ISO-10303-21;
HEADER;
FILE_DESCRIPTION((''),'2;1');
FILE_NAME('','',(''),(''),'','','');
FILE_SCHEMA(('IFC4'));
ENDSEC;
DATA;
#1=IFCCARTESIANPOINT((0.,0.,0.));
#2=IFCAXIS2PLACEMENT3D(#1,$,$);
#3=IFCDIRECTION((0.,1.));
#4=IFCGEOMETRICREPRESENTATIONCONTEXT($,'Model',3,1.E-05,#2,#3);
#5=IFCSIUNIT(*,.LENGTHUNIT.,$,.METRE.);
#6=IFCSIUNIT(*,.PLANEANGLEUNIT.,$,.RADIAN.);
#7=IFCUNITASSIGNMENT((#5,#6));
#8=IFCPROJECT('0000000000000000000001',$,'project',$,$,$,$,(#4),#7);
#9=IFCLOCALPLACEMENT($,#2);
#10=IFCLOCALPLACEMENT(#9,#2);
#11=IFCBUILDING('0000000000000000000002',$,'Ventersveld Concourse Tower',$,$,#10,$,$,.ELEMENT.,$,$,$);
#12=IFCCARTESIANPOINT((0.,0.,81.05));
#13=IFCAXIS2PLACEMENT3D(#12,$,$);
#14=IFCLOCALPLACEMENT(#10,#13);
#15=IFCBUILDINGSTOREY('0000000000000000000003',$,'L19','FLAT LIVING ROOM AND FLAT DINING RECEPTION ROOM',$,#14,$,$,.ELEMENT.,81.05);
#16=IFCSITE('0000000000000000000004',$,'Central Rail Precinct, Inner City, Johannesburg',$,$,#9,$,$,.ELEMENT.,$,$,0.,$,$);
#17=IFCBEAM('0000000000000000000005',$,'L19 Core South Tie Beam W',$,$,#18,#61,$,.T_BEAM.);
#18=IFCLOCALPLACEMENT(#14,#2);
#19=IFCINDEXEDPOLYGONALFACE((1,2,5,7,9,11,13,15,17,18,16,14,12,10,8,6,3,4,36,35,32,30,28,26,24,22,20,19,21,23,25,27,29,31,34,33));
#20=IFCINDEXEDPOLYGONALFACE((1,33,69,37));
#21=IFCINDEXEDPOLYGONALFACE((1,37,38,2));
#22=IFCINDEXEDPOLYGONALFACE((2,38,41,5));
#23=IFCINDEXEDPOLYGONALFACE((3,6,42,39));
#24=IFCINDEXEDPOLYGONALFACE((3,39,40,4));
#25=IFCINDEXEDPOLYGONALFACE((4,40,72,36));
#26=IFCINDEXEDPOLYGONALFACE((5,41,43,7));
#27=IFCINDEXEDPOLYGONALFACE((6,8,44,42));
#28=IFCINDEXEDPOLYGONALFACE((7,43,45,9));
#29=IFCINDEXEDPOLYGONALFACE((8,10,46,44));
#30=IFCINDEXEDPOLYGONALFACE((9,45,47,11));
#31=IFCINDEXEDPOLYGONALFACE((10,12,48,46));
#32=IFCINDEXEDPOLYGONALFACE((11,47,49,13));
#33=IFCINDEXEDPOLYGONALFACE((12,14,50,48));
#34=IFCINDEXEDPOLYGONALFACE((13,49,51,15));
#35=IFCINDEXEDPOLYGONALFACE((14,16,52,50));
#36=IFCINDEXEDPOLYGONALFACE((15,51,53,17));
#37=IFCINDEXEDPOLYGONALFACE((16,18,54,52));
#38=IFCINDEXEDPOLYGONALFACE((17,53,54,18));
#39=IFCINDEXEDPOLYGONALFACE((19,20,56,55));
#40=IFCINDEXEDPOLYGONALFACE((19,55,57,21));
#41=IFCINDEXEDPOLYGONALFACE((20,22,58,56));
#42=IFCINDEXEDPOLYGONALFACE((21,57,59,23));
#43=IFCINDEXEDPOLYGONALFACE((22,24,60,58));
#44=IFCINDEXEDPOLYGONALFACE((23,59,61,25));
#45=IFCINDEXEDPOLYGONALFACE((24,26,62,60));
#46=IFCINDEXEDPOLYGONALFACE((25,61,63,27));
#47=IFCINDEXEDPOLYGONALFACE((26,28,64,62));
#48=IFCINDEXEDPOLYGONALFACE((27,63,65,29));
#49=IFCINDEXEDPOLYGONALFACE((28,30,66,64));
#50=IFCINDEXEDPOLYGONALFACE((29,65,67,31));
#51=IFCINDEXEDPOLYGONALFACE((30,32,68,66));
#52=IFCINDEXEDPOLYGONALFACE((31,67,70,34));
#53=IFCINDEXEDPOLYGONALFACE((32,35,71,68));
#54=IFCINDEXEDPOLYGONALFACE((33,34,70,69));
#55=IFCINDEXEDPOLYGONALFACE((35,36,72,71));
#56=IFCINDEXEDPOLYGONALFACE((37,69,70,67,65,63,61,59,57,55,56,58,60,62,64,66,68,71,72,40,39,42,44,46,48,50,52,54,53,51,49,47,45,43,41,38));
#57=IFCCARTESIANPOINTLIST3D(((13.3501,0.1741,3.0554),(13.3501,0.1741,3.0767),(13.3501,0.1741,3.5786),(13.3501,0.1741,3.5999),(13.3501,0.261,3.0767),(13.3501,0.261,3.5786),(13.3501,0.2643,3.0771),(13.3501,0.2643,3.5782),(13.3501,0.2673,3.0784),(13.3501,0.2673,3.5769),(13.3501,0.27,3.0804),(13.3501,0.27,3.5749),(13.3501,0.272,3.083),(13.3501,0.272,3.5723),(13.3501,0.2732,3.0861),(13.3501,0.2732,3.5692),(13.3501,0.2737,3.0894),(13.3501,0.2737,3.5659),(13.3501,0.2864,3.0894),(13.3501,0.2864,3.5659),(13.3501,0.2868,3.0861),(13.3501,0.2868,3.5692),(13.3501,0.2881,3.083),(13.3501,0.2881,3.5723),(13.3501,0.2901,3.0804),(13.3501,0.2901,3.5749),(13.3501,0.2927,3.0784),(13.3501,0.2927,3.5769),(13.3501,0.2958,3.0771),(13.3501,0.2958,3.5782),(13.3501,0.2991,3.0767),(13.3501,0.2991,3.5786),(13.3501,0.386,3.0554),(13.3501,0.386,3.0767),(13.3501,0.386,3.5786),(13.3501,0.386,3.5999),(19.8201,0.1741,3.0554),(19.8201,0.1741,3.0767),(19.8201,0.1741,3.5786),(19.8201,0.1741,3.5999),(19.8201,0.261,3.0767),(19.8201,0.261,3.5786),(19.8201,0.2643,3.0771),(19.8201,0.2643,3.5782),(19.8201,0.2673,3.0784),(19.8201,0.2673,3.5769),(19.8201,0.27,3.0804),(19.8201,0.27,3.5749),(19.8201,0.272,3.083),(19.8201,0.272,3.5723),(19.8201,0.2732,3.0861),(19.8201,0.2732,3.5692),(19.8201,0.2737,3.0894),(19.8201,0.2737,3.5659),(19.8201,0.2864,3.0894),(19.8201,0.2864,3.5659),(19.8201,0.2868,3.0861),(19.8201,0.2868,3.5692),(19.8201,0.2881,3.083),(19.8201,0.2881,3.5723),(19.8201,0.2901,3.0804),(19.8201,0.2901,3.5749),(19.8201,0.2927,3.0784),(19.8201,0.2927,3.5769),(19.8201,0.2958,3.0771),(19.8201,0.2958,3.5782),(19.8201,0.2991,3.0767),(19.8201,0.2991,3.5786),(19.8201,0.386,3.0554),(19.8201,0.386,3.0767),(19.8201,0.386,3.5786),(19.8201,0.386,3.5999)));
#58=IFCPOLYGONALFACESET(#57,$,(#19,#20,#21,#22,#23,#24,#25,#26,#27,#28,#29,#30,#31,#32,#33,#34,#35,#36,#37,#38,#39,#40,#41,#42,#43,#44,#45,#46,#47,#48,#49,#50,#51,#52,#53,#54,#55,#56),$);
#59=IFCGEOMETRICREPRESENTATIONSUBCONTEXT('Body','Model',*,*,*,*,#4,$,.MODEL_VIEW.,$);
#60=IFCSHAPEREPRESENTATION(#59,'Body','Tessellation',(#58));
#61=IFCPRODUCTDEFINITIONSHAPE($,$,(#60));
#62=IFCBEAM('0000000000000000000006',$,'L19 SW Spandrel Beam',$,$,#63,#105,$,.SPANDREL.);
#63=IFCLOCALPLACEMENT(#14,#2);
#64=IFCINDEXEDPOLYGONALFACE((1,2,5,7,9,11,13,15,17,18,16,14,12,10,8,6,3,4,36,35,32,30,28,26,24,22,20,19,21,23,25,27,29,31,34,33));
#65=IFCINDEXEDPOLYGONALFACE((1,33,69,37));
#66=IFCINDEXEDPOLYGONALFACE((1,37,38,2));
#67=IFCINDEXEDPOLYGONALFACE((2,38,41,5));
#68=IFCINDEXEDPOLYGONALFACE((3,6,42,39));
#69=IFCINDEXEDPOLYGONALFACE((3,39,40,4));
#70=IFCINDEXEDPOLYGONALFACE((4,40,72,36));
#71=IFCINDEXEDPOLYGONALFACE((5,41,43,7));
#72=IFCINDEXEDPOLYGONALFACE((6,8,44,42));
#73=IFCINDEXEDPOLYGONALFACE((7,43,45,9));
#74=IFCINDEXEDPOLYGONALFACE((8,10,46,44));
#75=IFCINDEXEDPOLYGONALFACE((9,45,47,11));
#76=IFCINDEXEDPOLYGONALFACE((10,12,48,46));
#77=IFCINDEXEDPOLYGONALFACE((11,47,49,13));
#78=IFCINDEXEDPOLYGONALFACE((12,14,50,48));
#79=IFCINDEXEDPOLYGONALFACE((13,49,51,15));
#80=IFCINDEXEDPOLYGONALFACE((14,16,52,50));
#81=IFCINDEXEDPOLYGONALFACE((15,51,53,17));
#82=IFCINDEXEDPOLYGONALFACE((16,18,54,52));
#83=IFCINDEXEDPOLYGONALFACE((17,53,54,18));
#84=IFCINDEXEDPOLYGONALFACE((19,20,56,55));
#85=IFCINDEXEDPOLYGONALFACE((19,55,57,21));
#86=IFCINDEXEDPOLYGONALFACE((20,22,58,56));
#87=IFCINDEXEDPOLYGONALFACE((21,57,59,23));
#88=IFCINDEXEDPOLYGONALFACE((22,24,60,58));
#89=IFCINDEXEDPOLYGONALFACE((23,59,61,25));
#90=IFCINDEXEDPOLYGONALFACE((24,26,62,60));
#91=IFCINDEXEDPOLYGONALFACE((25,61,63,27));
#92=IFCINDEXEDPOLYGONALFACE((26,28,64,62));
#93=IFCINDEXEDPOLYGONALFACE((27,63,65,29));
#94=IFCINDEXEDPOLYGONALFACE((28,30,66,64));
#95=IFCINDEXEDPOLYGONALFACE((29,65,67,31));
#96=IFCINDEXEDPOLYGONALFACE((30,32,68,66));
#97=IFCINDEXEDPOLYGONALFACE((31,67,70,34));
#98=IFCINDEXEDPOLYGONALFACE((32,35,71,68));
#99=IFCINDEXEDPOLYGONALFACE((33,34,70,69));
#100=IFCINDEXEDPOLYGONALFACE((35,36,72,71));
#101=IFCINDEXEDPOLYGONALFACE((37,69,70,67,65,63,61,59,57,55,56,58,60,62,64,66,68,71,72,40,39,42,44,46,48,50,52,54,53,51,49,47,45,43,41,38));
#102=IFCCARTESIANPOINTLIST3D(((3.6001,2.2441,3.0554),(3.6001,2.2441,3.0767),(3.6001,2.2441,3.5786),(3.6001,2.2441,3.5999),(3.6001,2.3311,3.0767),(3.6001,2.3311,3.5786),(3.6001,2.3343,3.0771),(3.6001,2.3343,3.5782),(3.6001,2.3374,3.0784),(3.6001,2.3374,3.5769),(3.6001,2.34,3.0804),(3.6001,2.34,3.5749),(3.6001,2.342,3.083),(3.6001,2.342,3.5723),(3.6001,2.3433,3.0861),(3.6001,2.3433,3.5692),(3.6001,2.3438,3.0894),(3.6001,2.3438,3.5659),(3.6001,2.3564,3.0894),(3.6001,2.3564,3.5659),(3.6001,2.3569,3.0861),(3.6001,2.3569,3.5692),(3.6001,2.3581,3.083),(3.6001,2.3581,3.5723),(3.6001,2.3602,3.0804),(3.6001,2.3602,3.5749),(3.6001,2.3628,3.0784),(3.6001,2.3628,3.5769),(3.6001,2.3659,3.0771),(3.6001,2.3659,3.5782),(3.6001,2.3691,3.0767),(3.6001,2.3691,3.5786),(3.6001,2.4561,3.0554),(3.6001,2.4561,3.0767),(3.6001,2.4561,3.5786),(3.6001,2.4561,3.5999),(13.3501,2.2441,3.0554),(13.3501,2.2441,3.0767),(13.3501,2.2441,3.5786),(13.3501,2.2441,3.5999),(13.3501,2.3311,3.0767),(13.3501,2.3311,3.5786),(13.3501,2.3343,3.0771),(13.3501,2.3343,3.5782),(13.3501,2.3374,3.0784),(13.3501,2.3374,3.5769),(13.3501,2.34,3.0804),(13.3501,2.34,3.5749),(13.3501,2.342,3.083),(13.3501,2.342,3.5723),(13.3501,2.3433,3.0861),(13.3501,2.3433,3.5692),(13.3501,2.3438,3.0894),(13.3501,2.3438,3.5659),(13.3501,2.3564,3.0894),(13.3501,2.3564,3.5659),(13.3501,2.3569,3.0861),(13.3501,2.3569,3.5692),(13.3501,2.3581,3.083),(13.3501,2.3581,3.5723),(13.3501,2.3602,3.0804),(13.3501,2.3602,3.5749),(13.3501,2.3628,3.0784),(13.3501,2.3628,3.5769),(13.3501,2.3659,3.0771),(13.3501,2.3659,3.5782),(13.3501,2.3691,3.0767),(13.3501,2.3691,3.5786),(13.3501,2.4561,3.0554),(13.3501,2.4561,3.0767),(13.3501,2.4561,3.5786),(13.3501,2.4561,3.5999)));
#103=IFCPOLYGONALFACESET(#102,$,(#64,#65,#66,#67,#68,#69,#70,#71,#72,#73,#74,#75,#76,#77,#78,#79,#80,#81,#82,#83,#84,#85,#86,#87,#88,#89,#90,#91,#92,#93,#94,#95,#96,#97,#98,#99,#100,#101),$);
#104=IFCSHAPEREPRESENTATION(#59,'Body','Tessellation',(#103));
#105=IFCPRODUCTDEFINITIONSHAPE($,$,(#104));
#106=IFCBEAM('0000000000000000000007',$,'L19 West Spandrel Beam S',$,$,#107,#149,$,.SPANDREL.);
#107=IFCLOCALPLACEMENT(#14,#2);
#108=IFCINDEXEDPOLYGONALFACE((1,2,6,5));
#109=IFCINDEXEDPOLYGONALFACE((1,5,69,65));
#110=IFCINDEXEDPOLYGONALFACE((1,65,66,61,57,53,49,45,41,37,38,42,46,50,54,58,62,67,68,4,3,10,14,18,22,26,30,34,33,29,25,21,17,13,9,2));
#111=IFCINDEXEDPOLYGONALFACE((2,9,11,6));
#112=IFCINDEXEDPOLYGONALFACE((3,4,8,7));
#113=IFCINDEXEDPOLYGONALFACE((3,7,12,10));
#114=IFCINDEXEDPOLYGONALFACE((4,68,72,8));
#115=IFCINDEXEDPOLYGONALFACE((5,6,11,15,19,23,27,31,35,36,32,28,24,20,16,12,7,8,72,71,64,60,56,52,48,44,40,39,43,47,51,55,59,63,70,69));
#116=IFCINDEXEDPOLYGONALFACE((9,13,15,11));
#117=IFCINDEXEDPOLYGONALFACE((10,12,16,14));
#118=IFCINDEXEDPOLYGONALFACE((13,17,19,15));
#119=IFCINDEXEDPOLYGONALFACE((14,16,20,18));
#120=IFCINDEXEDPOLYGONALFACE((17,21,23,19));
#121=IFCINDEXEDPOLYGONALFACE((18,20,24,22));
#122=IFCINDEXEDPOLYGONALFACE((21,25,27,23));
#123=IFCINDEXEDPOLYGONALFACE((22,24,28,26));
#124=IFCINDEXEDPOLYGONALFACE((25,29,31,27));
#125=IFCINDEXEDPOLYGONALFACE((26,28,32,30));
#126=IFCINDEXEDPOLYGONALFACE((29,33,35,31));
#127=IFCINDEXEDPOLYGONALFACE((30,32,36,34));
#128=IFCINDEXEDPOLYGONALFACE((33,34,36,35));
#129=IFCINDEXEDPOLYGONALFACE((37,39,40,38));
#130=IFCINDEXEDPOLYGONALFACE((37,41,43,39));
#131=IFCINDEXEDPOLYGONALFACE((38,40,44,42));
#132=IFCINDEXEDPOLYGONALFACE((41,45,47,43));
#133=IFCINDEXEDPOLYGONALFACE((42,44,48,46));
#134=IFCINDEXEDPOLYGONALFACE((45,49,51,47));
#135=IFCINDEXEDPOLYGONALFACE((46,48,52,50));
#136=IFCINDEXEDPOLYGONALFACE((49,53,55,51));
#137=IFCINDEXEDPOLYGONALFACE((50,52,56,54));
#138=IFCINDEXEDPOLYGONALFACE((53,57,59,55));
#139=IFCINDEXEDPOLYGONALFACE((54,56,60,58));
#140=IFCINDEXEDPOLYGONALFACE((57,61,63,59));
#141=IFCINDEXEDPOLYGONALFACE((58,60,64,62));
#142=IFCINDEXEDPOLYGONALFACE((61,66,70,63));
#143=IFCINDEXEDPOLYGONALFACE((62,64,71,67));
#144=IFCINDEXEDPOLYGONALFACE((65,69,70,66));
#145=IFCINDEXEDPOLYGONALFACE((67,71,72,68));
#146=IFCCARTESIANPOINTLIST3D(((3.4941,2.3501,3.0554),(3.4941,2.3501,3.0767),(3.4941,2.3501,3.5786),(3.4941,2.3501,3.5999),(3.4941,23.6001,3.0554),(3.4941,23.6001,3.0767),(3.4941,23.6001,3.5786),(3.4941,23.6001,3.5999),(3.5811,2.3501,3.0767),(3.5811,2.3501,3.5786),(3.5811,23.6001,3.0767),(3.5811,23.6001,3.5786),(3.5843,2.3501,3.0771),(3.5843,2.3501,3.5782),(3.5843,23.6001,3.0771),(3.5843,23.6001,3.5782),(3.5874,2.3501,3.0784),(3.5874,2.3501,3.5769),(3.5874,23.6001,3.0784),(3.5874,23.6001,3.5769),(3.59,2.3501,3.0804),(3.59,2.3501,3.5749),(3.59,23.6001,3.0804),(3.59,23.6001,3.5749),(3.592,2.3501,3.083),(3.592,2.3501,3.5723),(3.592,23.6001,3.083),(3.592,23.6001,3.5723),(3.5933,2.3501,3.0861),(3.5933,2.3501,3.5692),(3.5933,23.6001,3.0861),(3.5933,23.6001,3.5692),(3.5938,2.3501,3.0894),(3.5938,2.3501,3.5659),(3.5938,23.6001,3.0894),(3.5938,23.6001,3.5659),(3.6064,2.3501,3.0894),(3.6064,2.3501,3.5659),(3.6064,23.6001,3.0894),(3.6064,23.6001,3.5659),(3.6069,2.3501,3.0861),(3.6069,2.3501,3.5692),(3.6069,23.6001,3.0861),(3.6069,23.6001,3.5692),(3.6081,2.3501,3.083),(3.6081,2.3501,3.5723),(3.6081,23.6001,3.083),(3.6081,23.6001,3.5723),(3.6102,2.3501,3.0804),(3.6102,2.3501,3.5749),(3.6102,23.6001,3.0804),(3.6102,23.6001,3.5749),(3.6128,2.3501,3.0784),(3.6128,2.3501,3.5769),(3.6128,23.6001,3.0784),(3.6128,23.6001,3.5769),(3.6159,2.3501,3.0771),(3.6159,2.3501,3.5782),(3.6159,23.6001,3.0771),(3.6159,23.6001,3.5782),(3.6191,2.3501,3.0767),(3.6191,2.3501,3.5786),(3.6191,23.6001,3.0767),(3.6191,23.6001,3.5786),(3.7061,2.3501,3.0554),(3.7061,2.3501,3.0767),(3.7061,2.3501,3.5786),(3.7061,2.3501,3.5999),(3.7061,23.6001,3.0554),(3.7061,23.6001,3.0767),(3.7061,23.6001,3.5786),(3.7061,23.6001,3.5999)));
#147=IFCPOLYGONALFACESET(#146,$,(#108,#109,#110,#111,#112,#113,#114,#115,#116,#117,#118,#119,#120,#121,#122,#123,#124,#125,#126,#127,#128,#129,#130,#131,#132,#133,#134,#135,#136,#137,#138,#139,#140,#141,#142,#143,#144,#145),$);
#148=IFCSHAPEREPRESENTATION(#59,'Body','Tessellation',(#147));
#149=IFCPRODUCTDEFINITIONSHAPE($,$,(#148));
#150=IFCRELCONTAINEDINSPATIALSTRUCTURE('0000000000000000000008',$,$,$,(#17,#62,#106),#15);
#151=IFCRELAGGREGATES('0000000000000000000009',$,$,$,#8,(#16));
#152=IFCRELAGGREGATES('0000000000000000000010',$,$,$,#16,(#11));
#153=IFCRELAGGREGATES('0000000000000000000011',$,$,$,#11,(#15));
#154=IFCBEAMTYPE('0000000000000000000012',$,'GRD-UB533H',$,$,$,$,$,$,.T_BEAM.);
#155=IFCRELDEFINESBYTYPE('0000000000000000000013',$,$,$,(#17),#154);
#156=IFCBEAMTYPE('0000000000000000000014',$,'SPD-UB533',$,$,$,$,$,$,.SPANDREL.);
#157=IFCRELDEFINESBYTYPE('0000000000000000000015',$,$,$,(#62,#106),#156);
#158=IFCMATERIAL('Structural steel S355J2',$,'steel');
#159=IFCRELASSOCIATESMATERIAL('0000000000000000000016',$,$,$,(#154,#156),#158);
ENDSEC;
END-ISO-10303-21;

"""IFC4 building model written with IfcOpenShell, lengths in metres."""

from ifc_helpers import new_model, si_unit, direction, frame, origin, origin_2d, place, context, subcontext, project, spatial, i_section, extrude, material, material_profile, profile_set, type_object, element, save


model = new_model("IFC4")

# Units and contexts
model_context = context("Model", 3, precision=1e-05, world=origin(), true_north=direction((0.0, 1.0)))
body_context = subcontext(model_context, "Body", "Model", "MODEL_VIEW")
ifc_project = project(units=[si_unit("LENGTHUNIT", "METRE"), si_unit("PLANEANGLEUNIT", "RADIAN")], contexts=[model_context])

# Site, building, storey
site_placement = place(None, origin())
site = spatial("IfcSite", under=ifc_project, at=site_placement, Name="Central Rail Precinct, Inner City, Johannesburg", CompositionType="ELEMENT", RefElevation=0.0)
building_placement = place(site_placement, origin())
building = spatial("IfcBuilding", under=site, at=building_placement, Name="Ventersveld Concourse Tower", CompositionType="ELEMENT")
storey_placement = place(building_placement, frame((0.0, 0.0, 81.05)))
storey = spatial("IfcBuildingStorey", under=building, at=storey_placement, Name="L19", Description="FLAT LIVING ROOM AND FLAT DINING RECEPTION ROOM", CompositionType="ELEMENT", Elevation=81.05)

# Beams
ifc_material_1 = material(Name="Structural steel S355J2", Category="steel")
ifc_material_profile_1 = material_profile(ifc_material_1, i_section(OverallWidth=0.2119, OverallDepth=0.5444, WebThickness=0.0127, FlangeThickness=0.0212, FilletRadius=0.0127, at=origin_2d()), Name="UB 533x210x122")
ifc_profile_set_1 = profile_set([ifc_material_profile_1], Name="Structural steel S355J2")
beam_type_1 = type_object("IfcBeamType", Name="GRD-UB533H", PredefinedType="T_BEAM", material=ifc_profile_set_1)
beam_1_placement = place(storey_placement, frame((13.3501, 0.28, 3.3276), z_axis=(1.0, 0.0, 0.0), x_axis=(0.0, 1.0, 0.0)))
element("IfcBeam", 1, at=beam_1_placement, inside=storey, type_object=beam_type_1, Name="L19 Core South Tie Beam W", PredefinedType="T_BEAM", context=body_context, shape_type="SweptSolid", body=[
    extrude(i_section(OverallWidth=0.2119, OverallDepth=0.5444, WebThickness=0.0127, FlangeThickness=0.0212, FilletRadius=0.0127, at=origin_2d()), origin(), (0.0, 0.0, 1.0), 6.47),
])
ifc_material_profile_2 = material_profile(ifc_material_1, i_section(OverallWidth=0.2119, OverallDepth=0.5444, WebThickness=0.0127, FlangeThickness=0.0212, FilletRadius=0.0127, at=origin_2d()), Name="UB 533x210x122")
ifc_profile_set_2 = profile_set([ifc_material_profile_2], Name="Structural steel S355J2")
beam_type_2 = type_object("IfcBeamType", Name="SPD-UB533", PredefinedType="SPANDREL", material=ifc_profile_set_2)
beam_2_placement = place(storey_placement, frame((3.6001, 2.3501, 3.3276), z_axis=(1.0, 0.0, 0.0), x_axis=(0.0, 1.0, 0.0)))
element("IfcBeam", 2, at=beam_2_placement, inside=storey, type_object=beam_type_2, Name="L19 SW Spandrel Beam", PredefinedType="SPANDREL", context=body_context, shape_type="SweptSolid", body=[
    extrude(i_section(OverallWidth=0.2119, OverallDepth=0.5444, WebThickness=0.0127, FlangeThickness=0.0212, FilletRadius=0.0127, at=origin_2d()), origin(), (0.0, 0.0, 1.0), 9.75),
])
beam_3_placement = place(storey_placement, frame((3.6001, 2.3501, 3.3276), z_axis=(0.0, 1.0, 0.0), x_axis=(-1.0, 0.0, 0.0)))
element("IfcBeam", 3, at=beam_3_placement, inside=storey, type_object=beam_type_2, Name="L19 West Spandrel Beam S", PredefinedType="SPANDREL", context=body_context, shape_type="SweptSolid", body=[
    extrude(i_section(OverallWidth=0.2119, OverallDepth=0.5444, WebThickness=0.0127, FlangeThickness=0.0212, FilletRadius=0.0127, at=origin_2d()), origin(), (0.0, 0.0, 1.0), 21.25),
])

save(model, "model.ifc")
